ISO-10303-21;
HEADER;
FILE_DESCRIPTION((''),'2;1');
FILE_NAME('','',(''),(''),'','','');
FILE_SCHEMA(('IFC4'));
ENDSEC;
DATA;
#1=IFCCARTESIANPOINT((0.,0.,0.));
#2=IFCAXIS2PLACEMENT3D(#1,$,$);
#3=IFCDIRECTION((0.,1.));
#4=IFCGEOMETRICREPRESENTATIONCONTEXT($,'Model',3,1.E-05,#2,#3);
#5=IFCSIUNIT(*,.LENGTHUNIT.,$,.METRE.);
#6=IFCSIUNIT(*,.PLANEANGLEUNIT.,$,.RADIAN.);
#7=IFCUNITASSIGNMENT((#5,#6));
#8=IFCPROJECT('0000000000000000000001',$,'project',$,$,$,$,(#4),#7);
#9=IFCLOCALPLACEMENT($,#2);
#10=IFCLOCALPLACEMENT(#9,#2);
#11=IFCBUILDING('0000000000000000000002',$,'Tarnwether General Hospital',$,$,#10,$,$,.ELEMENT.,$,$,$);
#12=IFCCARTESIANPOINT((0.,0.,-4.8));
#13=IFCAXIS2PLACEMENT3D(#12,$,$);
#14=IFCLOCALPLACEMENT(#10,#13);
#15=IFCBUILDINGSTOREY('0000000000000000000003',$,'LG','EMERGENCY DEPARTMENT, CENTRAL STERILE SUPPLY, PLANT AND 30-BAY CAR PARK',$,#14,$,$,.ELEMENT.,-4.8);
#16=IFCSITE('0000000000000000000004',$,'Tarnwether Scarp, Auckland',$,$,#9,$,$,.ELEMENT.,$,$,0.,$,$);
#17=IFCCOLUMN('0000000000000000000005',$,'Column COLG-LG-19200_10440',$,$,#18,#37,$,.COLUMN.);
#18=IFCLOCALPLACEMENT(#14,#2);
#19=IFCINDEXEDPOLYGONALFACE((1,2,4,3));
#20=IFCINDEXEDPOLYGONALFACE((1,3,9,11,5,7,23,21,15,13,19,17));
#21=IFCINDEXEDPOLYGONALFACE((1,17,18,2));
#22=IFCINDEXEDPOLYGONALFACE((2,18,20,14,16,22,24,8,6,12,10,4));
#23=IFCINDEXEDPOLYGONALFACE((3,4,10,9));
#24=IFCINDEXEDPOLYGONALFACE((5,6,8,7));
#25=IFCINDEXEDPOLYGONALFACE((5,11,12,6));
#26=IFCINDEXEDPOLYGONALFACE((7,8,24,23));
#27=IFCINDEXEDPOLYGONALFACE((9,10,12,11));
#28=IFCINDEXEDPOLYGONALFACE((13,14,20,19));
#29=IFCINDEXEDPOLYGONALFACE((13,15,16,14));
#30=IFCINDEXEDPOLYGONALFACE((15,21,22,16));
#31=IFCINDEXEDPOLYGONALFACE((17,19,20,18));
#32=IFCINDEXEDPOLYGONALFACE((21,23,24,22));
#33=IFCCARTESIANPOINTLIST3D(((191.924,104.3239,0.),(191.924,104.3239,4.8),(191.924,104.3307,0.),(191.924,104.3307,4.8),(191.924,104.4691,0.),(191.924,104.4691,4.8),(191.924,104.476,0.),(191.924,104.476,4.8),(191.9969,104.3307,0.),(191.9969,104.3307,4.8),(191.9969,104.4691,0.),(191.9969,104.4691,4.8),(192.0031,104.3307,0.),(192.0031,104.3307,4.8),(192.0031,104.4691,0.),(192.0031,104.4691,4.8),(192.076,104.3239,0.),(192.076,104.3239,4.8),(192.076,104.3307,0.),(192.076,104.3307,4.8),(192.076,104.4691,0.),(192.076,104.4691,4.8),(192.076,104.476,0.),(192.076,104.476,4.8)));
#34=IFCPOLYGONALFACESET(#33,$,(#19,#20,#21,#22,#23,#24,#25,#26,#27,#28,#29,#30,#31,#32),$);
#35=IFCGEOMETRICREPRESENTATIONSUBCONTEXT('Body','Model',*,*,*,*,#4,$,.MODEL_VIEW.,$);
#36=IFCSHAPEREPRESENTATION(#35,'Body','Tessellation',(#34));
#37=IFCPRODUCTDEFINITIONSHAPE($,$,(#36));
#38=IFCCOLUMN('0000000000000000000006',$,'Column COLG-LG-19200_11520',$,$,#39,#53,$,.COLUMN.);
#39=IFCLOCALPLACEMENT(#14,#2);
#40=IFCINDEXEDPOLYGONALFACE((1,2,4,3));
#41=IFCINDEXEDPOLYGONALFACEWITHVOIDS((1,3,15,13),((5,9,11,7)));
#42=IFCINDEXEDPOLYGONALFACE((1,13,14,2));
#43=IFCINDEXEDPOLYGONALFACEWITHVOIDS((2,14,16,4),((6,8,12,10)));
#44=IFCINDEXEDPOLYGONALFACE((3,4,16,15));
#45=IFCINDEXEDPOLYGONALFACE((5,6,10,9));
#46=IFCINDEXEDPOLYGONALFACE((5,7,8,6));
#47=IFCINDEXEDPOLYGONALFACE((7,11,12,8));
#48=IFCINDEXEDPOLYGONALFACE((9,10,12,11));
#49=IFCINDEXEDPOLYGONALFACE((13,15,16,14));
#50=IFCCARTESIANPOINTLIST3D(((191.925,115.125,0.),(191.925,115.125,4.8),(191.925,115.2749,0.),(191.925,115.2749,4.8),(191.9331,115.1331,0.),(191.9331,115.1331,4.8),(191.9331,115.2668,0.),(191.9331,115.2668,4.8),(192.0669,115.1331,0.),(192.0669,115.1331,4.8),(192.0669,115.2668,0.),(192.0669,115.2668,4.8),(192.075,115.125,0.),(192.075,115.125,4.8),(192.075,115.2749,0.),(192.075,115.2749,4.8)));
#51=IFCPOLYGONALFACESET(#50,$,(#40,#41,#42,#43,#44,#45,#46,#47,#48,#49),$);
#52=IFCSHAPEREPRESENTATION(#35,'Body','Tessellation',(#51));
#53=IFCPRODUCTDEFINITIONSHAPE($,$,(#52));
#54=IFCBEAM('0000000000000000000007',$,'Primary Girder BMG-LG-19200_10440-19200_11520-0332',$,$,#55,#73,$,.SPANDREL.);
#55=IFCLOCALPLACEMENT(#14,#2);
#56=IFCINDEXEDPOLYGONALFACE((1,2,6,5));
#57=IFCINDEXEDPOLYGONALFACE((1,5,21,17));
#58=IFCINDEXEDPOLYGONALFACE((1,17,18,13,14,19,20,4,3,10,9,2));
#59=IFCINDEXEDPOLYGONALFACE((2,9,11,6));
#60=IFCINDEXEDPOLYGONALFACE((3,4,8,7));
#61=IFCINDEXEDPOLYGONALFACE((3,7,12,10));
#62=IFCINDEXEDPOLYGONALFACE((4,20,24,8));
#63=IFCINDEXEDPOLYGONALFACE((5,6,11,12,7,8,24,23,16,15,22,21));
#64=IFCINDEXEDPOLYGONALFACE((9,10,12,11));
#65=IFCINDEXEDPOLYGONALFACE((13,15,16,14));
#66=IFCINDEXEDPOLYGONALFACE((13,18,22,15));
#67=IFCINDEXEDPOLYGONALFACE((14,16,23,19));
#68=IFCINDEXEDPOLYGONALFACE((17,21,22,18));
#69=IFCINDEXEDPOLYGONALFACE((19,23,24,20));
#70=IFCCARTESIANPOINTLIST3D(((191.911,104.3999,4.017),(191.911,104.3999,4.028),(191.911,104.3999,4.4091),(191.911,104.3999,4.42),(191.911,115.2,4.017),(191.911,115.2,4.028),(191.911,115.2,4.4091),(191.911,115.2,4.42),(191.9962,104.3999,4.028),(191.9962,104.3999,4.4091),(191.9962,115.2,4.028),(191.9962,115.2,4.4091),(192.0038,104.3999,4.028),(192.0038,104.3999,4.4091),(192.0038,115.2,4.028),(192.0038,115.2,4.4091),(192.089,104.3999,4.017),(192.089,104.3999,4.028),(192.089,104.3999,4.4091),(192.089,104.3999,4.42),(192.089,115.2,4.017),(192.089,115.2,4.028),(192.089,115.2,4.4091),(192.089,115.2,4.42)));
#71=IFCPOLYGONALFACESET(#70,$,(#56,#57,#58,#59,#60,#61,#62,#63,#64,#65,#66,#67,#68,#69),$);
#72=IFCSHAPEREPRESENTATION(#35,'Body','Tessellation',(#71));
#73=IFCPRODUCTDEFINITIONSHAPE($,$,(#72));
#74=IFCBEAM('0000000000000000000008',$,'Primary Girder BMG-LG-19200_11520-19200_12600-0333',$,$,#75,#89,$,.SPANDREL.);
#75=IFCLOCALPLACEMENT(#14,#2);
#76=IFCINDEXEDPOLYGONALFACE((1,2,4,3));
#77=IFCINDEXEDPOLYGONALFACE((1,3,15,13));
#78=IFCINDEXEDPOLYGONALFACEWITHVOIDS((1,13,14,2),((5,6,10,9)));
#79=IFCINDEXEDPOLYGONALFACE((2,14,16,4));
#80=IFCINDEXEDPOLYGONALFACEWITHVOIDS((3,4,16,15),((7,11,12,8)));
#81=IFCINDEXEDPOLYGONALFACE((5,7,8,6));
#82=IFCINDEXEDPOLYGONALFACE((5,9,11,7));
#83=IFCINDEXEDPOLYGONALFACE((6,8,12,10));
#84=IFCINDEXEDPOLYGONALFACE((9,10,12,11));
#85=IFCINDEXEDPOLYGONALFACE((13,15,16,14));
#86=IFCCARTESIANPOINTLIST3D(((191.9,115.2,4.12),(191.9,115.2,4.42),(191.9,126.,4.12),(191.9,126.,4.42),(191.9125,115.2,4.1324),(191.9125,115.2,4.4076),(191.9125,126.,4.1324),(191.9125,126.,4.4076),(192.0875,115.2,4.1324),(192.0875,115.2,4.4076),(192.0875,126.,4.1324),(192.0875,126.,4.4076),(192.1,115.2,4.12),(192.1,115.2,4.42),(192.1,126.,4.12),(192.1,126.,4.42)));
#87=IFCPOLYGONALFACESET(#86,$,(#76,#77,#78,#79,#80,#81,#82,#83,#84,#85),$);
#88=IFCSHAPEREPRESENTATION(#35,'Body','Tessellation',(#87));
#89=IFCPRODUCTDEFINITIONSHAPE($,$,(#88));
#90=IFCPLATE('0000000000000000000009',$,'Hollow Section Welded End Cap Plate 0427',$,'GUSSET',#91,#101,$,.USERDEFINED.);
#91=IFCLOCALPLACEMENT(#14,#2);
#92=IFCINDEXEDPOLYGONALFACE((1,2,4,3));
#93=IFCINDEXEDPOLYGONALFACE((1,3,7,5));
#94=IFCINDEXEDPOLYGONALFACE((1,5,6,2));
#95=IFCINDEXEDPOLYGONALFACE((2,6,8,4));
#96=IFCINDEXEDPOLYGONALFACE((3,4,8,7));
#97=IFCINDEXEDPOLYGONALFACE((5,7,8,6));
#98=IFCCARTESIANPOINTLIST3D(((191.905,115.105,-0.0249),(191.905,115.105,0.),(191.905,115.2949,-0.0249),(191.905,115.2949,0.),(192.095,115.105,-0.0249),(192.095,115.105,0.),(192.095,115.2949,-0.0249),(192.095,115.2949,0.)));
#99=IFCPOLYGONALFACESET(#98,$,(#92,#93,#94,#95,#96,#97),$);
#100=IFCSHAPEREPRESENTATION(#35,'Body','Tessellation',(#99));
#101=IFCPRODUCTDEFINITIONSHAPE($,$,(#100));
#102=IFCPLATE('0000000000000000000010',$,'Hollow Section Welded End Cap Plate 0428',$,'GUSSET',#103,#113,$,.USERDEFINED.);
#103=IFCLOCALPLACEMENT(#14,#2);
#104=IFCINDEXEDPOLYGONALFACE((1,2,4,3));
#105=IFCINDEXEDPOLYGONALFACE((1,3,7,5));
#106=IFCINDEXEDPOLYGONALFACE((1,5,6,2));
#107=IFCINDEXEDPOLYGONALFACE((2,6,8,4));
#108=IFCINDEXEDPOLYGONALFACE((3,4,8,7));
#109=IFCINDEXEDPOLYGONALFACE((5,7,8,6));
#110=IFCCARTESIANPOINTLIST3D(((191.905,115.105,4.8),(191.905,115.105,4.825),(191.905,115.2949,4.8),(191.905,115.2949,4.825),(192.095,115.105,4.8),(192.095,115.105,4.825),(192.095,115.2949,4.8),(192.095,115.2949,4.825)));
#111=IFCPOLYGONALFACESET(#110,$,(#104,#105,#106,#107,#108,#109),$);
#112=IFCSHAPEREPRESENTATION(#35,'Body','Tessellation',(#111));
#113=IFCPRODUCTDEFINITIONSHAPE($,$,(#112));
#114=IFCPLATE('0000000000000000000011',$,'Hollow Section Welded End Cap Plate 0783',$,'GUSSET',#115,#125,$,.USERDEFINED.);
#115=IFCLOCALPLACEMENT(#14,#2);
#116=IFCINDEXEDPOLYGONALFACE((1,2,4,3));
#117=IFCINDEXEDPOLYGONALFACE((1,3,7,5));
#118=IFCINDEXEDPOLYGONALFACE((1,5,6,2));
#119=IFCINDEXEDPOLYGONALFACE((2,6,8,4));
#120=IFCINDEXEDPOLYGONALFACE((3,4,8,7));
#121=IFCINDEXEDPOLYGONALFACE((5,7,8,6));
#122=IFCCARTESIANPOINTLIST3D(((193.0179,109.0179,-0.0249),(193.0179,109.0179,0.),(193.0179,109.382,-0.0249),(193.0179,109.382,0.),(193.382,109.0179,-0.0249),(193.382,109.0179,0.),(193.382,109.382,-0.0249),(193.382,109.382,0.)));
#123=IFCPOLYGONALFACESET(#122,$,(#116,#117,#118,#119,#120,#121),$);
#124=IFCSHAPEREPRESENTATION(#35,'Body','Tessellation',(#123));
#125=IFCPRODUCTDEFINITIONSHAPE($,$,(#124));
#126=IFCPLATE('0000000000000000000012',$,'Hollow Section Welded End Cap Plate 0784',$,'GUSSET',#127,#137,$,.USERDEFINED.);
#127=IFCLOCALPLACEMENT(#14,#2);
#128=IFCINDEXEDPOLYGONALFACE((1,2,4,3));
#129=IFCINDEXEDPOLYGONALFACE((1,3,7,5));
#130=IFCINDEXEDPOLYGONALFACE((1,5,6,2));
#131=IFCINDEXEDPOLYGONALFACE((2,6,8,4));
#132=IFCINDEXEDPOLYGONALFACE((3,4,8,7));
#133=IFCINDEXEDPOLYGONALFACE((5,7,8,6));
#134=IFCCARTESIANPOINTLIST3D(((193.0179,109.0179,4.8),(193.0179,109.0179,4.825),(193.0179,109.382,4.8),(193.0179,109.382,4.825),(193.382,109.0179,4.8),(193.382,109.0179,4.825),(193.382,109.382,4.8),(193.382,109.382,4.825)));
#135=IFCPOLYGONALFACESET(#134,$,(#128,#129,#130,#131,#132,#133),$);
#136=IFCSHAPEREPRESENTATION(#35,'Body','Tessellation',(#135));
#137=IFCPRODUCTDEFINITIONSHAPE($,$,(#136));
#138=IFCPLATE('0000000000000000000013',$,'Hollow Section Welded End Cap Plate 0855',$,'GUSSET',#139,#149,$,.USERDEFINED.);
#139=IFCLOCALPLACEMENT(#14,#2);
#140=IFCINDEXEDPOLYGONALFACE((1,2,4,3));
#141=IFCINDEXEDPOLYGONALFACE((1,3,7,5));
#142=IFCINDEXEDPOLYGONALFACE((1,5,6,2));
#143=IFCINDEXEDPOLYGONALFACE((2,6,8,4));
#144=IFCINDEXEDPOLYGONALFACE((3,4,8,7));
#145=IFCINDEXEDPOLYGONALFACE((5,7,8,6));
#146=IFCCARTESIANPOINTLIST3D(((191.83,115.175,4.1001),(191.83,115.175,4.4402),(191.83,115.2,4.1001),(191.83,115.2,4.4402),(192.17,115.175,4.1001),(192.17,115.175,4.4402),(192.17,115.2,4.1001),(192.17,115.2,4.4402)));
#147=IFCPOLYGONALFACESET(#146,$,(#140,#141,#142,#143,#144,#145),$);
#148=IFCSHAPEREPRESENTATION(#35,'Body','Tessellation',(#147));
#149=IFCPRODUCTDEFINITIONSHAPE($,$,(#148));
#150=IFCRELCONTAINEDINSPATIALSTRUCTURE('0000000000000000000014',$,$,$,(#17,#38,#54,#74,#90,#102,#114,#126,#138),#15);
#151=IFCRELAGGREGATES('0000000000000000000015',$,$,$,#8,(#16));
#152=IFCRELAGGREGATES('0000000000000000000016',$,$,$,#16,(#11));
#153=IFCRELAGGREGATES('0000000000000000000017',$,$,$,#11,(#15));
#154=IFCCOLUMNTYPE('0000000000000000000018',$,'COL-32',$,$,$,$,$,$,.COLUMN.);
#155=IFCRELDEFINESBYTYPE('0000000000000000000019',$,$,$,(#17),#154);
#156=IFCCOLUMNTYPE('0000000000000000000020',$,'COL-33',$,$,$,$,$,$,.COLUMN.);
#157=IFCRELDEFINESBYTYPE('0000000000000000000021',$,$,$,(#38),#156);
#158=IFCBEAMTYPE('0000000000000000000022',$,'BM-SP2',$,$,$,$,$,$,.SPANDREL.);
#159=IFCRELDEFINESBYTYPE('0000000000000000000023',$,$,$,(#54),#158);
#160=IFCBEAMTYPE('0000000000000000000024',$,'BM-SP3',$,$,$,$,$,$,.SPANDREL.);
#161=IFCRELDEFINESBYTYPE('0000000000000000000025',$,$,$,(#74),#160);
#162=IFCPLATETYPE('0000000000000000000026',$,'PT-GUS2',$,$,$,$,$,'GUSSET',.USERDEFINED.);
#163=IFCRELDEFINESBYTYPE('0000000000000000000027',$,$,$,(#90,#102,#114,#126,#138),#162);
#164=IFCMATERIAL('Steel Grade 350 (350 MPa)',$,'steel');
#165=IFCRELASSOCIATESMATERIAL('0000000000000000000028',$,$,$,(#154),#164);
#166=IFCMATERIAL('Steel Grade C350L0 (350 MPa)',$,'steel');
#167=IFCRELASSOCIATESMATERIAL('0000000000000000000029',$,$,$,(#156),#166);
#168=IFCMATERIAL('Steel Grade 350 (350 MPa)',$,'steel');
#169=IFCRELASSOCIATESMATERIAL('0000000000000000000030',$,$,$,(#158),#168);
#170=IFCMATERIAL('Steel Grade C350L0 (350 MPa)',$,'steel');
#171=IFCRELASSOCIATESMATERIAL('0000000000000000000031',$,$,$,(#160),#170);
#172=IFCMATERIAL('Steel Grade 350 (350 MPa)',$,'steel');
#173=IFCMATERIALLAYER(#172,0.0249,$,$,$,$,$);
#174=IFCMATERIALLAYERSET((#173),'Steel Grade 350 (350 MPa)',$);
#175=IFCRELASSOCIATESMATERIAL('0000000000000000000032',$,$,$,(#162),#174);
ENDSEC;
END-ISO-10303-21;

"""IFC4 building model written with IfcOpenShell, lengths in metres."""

from ifc_helpers import new_model, si_unit, direction, frame, origin, origin_2d, place, context, subcontext, project, spatial, rectangle, hollow_rectangle, i_section, extrude, material, layer, layer_set, material_profile, profile_set, type_object, element, save


model = new_model("IFC4")

# Units and contexts
model_context = context("Model", 3, precision=1e-05, world=origin(), true_north=direction((0.0, 1.0)))
body_context = subcontext(model_context, "Body", "Model", "MODEL_VIEW")
ifc_project = project(units=[si_unit("LENGTHUNIT", "METRE"), si_unit("PLANEANGLEUNIT", "RADIAN")], contexts=[model_context])

# Site, building, storey
site_placement = place(None, origin())
site = spatial("IfcSite", under=ifc_project, at=site_placement, Name="Tarnwether Scarp, Auckland", CompositionType="ELEMENT", RefElevation=0.0)
building_placement = place(site_placement, origin())
building = spatial("IfcBuilding", under=site, at=building_placement, Name="Tarnwether General Hospital", CompositionType="ELEMENT")
storey_placement = place(building_placement, frame((0.0, 0.0, -4.8)))
storey = spatial("IfcBuildingStorey", under=building, at=storey_placement, Name="LG", Description="EMERGENCY DEPARTMENT, CENTRAL STERILE SUPPLY, PLANT AND 30-BAY CAR PARK", CompositionType="ELEMENT", Elevation=-4.8)

# Columns
ifc_material_1 = material(Name="Steel Grade 350 (350 MPa)", Category="steel")
ifc_material_profile_1 = material_profile(ifc_material_1, i_section(OverallWidth=0.1521, OverallDepth=0.1521, WebThickness=0.0061, FlangeThickness=0.0068, at=origin_2d()), Name="150UC23.4")
ifc_profile_set_1 = profile_set([ifc_material_profile_1], Name="Steel Grade 350 (350 MPa)")
column_type_1 = type_object("IfcColumnType", Name="COL-32", PredefinedType="COLUMN", material=ifc_profile_set_1)
column_1_placement = place(storey_placement, frame((192.0, 104.3999, 0.0), z_axis=(0.0, 0.0, 1.0), x_axis=(1.0, 0.0, 0.0)))
element("IfcColumn", 1, at=column_1_placement, inside=storey, type_object=column_type_1, Name="Column COLG-LG-19200_10440", PredefinedType="COLUMN", context=body_context, shape_type="SweptSolid", body=[
    extrude(i_section(OverallWidth=0.1521, OverallDepth=0.1521, WebThickness=0.0061, FlangeThickness=0.0068, at=origin_2d()), origin(), (0.0, 0.0, 1.0), 4.8),
])
ifc_material_2 = material(Name="Steel Grade C350L0 (350 MPa)", Category="steel")
ifc_material_profile_2 = material_profile(ifc_material_2, hollow_rectangle(XDim=0.1499, YDim=0.1499, WallThickness=0.0081, at=origin_2d()), Name="SHS150x150x8")
ifc_profile_set_2 = profile_set([ifc_material_profile_2], Name="Steel Grade C350L0 (350 MPa)")
column_type_2 = type_object("IfcColumnType", Name="COL-33", PredefinedType="COLUMN", material=ifc_profile_set_2)
column_2_placement = place(storey_placement, frame((192.0, 115.2, 0.0), z_axis=(0.0, 0.0, 1.0), x_axis=(1.0, 0.0, 0.0)))
element("IfcColumn", 2, at=column_2_placement, inside=storey, type_object=column_type_2, Name="Column COLG-LG-19200_11520", PredefinedType="COLUMN", context=body_context, shape_type="SweptSolid", body=[
    extrude(hollow_rectangle(XDim=0.1499, YDim=0.1499, WallThickness=0.0081, at=origin_2d()), origin(), (0.0, 0.0, 1.0), 4.8),
])

# Beams
ifc_material_3 = material(Name="Steel Grade 350 (350 MPa)", Category="steel")
ifc_material_profile_3 = material_profile(ifc_material_3, i_section(OverallWidth=0.178, OverallDepth=0.4031, WebThickness=0.0076, FlangeThickness=0.011, at=origin_2d()), Name="410UB53.7")
ifc_profile_set_3 = profile_set([ifc_material_profile_3], Name="Steel Grade 350 (350 MPa)")
beam_type_1 = type_object("IfcBeamType", Name="BM-SP2", PredefinedType="SPANDREL", material=ifc_profile_set_3)
beam_1_placement = place(storey_placement, frame((192.0, 104.3999, 4.2185), z_axis=(0.0, 1.0, 0.0), x_axis=(-1.0, 0.0, 0.0)))
element("IfcBeam", 3, at=beam_1_placement, inside=storey, type_object=beam_type_1, Name="Primary Girder BMG-LG-19200_10440-19200_11520-0332", PredefinedType="SPANDREL", context=body_context, shape_type="SweptSolid", body=[
    extrude(i_section(OverallWidth=0.178, OverallDepth=0.4031, WebThickness=0.0076, FlangeThickness=0.011, at=origin_2d()), origin(), (0.0, 0.0, 1.0), 10.8),
])
ifc_material_4 = material(Name="Steel Grade C350L0 (350 MPa)", Category="steel")
ifc_material_profile_4 = material_profile(ifc_material_4, hollow_rectangle(XDim=0.2, YDim=0.3, WallThickness=0.0125, at=origin_2d()), Name="RHS300x200x12.5")
ifc_profile_set_4 = profile_set([ifc_material_profile_4], Name="Steel Grade C350L0 (350 MPa)")
beam_type_2 = type_object("IfcBeamType", Name="BM-SP3", PredefinedType="SPANDREL", material=ifc_profile_set_4)
beam_2_placement = place(storey_placement, frame((192.0, 115.2, 4.27), z_axis=(0.0, 1.0, 0.0), x_axis=(-1.0, 0.0, 0.0)))
element("IfcBeam", 4, at=beam_2_placement, inside=storey, type_object=beam_type_2, Name="Primary Girder BMG-LG-19200_11520-19200_12600-0333", PredefinedType="SPANDREL", context=body_context, shape_type="SweptSolid", body=[
    extrude(hollow_rectangle(XDim=0.2, YDim=0.3, WallThickness=0.0125, at=origin_2d()), origin(), (0.0, 0.0, 1.0), 10.8),
])

# Plates
ifc_material_5 = material(Name="Steel Grade 350 (350 MPa)", Category="steel")
ifc_layer = layer(ifc_material_5, 0.0249)
ifc_layer_set = layer_set([ifc_layer], Name="Steel Grade 350 (350 MPa)")
plate_type = type_object("IfcPlateType", Name="PT-GUS2", ElementType="GUSSET", PredefinedType="USERDEFINED", material=ifc_layer_set)
for number, where, z_axis, x_axis, name in (
    (5, (192.0, 115.2, -0.0249), (0.0, 0.0, 1.0), (1.0, 0.0, 0.0), "Hollow Section Welded End Cap Plate 0427"),
    (6, (192.0, 115.2, 4.8), (0.0, 0.0, 1.0), (1.0, 0.0, 0.0), "Hollow Section Welded End Cap Plate 0428"),
):
    element("IfcPlate", number, at=place(storey_placement, frame(where, z_axis=z_axis, x_axis=x_axis)), inside=storey, type_object=plate_type, Name=name, ObjectType="GUSSET", PredefinedType="USERDEFINED", context=body_context, shape_type="SweptSolid", body=[
        extrude(rectangle(XDim=0.1899, YDim=0.1899, at=origin_2d()), origin(), (0.0, 0.0, 1.0), 0.0249),
    ])
for number, where, z_axis, x_axis, name in (
    (7, (193.2, 109.2, -0.0249), (0.0, 0.0, 1.0), (1.0, 0.0, 0.0), "Hollow Section Welded End Cap Plate 0783"),
    (8, (193.2, 109.2, 4.8), (0.0, 0.0, 1.0), (1.0, 0.0, 0.0), "Hollow Section Welded End Cap Plate 0784"),
):
    element("IfcPlate", number, at=place(storey_placement, frame(where, z_axis=z_axis, x_axis=x_axis)), inside=storey, type_object=plate_type, Name=name, ObjectType="GUSSET", PredefinedType="USERDEFINED", context=body_context, shape_type="SweptSolid", body=[
        extrude(rectangle(XDim=0.364, YDim=0.364, at=origin_2d()), origin(), (0.0, 0.0, 1.0), 0.0249),
    ])
plate_placement = place(storey_placement, frame((192.0, 115.1875, 4.1001), z_axis=(0.0, 0.0, 1.0), x_axis=(0.0, 1.0, 0.0)))
element("IfcPlate", 9, at=plate_placement, inside=storey, type_object=plate_type, Name="Hollow Section Welded End Cap Plate 0855", ObjectType="GUSSET", PredefinedType="USERDEFINED", context=body_context, shape_type="SweptSolid", body=[
    extrude(rectangle(XDim=0.0249, YDim=0.3401, at=origin_2d()), origin(), (0.0, 0.0, 1.0), 0.3401),
])

save(model, "model.ifc")
